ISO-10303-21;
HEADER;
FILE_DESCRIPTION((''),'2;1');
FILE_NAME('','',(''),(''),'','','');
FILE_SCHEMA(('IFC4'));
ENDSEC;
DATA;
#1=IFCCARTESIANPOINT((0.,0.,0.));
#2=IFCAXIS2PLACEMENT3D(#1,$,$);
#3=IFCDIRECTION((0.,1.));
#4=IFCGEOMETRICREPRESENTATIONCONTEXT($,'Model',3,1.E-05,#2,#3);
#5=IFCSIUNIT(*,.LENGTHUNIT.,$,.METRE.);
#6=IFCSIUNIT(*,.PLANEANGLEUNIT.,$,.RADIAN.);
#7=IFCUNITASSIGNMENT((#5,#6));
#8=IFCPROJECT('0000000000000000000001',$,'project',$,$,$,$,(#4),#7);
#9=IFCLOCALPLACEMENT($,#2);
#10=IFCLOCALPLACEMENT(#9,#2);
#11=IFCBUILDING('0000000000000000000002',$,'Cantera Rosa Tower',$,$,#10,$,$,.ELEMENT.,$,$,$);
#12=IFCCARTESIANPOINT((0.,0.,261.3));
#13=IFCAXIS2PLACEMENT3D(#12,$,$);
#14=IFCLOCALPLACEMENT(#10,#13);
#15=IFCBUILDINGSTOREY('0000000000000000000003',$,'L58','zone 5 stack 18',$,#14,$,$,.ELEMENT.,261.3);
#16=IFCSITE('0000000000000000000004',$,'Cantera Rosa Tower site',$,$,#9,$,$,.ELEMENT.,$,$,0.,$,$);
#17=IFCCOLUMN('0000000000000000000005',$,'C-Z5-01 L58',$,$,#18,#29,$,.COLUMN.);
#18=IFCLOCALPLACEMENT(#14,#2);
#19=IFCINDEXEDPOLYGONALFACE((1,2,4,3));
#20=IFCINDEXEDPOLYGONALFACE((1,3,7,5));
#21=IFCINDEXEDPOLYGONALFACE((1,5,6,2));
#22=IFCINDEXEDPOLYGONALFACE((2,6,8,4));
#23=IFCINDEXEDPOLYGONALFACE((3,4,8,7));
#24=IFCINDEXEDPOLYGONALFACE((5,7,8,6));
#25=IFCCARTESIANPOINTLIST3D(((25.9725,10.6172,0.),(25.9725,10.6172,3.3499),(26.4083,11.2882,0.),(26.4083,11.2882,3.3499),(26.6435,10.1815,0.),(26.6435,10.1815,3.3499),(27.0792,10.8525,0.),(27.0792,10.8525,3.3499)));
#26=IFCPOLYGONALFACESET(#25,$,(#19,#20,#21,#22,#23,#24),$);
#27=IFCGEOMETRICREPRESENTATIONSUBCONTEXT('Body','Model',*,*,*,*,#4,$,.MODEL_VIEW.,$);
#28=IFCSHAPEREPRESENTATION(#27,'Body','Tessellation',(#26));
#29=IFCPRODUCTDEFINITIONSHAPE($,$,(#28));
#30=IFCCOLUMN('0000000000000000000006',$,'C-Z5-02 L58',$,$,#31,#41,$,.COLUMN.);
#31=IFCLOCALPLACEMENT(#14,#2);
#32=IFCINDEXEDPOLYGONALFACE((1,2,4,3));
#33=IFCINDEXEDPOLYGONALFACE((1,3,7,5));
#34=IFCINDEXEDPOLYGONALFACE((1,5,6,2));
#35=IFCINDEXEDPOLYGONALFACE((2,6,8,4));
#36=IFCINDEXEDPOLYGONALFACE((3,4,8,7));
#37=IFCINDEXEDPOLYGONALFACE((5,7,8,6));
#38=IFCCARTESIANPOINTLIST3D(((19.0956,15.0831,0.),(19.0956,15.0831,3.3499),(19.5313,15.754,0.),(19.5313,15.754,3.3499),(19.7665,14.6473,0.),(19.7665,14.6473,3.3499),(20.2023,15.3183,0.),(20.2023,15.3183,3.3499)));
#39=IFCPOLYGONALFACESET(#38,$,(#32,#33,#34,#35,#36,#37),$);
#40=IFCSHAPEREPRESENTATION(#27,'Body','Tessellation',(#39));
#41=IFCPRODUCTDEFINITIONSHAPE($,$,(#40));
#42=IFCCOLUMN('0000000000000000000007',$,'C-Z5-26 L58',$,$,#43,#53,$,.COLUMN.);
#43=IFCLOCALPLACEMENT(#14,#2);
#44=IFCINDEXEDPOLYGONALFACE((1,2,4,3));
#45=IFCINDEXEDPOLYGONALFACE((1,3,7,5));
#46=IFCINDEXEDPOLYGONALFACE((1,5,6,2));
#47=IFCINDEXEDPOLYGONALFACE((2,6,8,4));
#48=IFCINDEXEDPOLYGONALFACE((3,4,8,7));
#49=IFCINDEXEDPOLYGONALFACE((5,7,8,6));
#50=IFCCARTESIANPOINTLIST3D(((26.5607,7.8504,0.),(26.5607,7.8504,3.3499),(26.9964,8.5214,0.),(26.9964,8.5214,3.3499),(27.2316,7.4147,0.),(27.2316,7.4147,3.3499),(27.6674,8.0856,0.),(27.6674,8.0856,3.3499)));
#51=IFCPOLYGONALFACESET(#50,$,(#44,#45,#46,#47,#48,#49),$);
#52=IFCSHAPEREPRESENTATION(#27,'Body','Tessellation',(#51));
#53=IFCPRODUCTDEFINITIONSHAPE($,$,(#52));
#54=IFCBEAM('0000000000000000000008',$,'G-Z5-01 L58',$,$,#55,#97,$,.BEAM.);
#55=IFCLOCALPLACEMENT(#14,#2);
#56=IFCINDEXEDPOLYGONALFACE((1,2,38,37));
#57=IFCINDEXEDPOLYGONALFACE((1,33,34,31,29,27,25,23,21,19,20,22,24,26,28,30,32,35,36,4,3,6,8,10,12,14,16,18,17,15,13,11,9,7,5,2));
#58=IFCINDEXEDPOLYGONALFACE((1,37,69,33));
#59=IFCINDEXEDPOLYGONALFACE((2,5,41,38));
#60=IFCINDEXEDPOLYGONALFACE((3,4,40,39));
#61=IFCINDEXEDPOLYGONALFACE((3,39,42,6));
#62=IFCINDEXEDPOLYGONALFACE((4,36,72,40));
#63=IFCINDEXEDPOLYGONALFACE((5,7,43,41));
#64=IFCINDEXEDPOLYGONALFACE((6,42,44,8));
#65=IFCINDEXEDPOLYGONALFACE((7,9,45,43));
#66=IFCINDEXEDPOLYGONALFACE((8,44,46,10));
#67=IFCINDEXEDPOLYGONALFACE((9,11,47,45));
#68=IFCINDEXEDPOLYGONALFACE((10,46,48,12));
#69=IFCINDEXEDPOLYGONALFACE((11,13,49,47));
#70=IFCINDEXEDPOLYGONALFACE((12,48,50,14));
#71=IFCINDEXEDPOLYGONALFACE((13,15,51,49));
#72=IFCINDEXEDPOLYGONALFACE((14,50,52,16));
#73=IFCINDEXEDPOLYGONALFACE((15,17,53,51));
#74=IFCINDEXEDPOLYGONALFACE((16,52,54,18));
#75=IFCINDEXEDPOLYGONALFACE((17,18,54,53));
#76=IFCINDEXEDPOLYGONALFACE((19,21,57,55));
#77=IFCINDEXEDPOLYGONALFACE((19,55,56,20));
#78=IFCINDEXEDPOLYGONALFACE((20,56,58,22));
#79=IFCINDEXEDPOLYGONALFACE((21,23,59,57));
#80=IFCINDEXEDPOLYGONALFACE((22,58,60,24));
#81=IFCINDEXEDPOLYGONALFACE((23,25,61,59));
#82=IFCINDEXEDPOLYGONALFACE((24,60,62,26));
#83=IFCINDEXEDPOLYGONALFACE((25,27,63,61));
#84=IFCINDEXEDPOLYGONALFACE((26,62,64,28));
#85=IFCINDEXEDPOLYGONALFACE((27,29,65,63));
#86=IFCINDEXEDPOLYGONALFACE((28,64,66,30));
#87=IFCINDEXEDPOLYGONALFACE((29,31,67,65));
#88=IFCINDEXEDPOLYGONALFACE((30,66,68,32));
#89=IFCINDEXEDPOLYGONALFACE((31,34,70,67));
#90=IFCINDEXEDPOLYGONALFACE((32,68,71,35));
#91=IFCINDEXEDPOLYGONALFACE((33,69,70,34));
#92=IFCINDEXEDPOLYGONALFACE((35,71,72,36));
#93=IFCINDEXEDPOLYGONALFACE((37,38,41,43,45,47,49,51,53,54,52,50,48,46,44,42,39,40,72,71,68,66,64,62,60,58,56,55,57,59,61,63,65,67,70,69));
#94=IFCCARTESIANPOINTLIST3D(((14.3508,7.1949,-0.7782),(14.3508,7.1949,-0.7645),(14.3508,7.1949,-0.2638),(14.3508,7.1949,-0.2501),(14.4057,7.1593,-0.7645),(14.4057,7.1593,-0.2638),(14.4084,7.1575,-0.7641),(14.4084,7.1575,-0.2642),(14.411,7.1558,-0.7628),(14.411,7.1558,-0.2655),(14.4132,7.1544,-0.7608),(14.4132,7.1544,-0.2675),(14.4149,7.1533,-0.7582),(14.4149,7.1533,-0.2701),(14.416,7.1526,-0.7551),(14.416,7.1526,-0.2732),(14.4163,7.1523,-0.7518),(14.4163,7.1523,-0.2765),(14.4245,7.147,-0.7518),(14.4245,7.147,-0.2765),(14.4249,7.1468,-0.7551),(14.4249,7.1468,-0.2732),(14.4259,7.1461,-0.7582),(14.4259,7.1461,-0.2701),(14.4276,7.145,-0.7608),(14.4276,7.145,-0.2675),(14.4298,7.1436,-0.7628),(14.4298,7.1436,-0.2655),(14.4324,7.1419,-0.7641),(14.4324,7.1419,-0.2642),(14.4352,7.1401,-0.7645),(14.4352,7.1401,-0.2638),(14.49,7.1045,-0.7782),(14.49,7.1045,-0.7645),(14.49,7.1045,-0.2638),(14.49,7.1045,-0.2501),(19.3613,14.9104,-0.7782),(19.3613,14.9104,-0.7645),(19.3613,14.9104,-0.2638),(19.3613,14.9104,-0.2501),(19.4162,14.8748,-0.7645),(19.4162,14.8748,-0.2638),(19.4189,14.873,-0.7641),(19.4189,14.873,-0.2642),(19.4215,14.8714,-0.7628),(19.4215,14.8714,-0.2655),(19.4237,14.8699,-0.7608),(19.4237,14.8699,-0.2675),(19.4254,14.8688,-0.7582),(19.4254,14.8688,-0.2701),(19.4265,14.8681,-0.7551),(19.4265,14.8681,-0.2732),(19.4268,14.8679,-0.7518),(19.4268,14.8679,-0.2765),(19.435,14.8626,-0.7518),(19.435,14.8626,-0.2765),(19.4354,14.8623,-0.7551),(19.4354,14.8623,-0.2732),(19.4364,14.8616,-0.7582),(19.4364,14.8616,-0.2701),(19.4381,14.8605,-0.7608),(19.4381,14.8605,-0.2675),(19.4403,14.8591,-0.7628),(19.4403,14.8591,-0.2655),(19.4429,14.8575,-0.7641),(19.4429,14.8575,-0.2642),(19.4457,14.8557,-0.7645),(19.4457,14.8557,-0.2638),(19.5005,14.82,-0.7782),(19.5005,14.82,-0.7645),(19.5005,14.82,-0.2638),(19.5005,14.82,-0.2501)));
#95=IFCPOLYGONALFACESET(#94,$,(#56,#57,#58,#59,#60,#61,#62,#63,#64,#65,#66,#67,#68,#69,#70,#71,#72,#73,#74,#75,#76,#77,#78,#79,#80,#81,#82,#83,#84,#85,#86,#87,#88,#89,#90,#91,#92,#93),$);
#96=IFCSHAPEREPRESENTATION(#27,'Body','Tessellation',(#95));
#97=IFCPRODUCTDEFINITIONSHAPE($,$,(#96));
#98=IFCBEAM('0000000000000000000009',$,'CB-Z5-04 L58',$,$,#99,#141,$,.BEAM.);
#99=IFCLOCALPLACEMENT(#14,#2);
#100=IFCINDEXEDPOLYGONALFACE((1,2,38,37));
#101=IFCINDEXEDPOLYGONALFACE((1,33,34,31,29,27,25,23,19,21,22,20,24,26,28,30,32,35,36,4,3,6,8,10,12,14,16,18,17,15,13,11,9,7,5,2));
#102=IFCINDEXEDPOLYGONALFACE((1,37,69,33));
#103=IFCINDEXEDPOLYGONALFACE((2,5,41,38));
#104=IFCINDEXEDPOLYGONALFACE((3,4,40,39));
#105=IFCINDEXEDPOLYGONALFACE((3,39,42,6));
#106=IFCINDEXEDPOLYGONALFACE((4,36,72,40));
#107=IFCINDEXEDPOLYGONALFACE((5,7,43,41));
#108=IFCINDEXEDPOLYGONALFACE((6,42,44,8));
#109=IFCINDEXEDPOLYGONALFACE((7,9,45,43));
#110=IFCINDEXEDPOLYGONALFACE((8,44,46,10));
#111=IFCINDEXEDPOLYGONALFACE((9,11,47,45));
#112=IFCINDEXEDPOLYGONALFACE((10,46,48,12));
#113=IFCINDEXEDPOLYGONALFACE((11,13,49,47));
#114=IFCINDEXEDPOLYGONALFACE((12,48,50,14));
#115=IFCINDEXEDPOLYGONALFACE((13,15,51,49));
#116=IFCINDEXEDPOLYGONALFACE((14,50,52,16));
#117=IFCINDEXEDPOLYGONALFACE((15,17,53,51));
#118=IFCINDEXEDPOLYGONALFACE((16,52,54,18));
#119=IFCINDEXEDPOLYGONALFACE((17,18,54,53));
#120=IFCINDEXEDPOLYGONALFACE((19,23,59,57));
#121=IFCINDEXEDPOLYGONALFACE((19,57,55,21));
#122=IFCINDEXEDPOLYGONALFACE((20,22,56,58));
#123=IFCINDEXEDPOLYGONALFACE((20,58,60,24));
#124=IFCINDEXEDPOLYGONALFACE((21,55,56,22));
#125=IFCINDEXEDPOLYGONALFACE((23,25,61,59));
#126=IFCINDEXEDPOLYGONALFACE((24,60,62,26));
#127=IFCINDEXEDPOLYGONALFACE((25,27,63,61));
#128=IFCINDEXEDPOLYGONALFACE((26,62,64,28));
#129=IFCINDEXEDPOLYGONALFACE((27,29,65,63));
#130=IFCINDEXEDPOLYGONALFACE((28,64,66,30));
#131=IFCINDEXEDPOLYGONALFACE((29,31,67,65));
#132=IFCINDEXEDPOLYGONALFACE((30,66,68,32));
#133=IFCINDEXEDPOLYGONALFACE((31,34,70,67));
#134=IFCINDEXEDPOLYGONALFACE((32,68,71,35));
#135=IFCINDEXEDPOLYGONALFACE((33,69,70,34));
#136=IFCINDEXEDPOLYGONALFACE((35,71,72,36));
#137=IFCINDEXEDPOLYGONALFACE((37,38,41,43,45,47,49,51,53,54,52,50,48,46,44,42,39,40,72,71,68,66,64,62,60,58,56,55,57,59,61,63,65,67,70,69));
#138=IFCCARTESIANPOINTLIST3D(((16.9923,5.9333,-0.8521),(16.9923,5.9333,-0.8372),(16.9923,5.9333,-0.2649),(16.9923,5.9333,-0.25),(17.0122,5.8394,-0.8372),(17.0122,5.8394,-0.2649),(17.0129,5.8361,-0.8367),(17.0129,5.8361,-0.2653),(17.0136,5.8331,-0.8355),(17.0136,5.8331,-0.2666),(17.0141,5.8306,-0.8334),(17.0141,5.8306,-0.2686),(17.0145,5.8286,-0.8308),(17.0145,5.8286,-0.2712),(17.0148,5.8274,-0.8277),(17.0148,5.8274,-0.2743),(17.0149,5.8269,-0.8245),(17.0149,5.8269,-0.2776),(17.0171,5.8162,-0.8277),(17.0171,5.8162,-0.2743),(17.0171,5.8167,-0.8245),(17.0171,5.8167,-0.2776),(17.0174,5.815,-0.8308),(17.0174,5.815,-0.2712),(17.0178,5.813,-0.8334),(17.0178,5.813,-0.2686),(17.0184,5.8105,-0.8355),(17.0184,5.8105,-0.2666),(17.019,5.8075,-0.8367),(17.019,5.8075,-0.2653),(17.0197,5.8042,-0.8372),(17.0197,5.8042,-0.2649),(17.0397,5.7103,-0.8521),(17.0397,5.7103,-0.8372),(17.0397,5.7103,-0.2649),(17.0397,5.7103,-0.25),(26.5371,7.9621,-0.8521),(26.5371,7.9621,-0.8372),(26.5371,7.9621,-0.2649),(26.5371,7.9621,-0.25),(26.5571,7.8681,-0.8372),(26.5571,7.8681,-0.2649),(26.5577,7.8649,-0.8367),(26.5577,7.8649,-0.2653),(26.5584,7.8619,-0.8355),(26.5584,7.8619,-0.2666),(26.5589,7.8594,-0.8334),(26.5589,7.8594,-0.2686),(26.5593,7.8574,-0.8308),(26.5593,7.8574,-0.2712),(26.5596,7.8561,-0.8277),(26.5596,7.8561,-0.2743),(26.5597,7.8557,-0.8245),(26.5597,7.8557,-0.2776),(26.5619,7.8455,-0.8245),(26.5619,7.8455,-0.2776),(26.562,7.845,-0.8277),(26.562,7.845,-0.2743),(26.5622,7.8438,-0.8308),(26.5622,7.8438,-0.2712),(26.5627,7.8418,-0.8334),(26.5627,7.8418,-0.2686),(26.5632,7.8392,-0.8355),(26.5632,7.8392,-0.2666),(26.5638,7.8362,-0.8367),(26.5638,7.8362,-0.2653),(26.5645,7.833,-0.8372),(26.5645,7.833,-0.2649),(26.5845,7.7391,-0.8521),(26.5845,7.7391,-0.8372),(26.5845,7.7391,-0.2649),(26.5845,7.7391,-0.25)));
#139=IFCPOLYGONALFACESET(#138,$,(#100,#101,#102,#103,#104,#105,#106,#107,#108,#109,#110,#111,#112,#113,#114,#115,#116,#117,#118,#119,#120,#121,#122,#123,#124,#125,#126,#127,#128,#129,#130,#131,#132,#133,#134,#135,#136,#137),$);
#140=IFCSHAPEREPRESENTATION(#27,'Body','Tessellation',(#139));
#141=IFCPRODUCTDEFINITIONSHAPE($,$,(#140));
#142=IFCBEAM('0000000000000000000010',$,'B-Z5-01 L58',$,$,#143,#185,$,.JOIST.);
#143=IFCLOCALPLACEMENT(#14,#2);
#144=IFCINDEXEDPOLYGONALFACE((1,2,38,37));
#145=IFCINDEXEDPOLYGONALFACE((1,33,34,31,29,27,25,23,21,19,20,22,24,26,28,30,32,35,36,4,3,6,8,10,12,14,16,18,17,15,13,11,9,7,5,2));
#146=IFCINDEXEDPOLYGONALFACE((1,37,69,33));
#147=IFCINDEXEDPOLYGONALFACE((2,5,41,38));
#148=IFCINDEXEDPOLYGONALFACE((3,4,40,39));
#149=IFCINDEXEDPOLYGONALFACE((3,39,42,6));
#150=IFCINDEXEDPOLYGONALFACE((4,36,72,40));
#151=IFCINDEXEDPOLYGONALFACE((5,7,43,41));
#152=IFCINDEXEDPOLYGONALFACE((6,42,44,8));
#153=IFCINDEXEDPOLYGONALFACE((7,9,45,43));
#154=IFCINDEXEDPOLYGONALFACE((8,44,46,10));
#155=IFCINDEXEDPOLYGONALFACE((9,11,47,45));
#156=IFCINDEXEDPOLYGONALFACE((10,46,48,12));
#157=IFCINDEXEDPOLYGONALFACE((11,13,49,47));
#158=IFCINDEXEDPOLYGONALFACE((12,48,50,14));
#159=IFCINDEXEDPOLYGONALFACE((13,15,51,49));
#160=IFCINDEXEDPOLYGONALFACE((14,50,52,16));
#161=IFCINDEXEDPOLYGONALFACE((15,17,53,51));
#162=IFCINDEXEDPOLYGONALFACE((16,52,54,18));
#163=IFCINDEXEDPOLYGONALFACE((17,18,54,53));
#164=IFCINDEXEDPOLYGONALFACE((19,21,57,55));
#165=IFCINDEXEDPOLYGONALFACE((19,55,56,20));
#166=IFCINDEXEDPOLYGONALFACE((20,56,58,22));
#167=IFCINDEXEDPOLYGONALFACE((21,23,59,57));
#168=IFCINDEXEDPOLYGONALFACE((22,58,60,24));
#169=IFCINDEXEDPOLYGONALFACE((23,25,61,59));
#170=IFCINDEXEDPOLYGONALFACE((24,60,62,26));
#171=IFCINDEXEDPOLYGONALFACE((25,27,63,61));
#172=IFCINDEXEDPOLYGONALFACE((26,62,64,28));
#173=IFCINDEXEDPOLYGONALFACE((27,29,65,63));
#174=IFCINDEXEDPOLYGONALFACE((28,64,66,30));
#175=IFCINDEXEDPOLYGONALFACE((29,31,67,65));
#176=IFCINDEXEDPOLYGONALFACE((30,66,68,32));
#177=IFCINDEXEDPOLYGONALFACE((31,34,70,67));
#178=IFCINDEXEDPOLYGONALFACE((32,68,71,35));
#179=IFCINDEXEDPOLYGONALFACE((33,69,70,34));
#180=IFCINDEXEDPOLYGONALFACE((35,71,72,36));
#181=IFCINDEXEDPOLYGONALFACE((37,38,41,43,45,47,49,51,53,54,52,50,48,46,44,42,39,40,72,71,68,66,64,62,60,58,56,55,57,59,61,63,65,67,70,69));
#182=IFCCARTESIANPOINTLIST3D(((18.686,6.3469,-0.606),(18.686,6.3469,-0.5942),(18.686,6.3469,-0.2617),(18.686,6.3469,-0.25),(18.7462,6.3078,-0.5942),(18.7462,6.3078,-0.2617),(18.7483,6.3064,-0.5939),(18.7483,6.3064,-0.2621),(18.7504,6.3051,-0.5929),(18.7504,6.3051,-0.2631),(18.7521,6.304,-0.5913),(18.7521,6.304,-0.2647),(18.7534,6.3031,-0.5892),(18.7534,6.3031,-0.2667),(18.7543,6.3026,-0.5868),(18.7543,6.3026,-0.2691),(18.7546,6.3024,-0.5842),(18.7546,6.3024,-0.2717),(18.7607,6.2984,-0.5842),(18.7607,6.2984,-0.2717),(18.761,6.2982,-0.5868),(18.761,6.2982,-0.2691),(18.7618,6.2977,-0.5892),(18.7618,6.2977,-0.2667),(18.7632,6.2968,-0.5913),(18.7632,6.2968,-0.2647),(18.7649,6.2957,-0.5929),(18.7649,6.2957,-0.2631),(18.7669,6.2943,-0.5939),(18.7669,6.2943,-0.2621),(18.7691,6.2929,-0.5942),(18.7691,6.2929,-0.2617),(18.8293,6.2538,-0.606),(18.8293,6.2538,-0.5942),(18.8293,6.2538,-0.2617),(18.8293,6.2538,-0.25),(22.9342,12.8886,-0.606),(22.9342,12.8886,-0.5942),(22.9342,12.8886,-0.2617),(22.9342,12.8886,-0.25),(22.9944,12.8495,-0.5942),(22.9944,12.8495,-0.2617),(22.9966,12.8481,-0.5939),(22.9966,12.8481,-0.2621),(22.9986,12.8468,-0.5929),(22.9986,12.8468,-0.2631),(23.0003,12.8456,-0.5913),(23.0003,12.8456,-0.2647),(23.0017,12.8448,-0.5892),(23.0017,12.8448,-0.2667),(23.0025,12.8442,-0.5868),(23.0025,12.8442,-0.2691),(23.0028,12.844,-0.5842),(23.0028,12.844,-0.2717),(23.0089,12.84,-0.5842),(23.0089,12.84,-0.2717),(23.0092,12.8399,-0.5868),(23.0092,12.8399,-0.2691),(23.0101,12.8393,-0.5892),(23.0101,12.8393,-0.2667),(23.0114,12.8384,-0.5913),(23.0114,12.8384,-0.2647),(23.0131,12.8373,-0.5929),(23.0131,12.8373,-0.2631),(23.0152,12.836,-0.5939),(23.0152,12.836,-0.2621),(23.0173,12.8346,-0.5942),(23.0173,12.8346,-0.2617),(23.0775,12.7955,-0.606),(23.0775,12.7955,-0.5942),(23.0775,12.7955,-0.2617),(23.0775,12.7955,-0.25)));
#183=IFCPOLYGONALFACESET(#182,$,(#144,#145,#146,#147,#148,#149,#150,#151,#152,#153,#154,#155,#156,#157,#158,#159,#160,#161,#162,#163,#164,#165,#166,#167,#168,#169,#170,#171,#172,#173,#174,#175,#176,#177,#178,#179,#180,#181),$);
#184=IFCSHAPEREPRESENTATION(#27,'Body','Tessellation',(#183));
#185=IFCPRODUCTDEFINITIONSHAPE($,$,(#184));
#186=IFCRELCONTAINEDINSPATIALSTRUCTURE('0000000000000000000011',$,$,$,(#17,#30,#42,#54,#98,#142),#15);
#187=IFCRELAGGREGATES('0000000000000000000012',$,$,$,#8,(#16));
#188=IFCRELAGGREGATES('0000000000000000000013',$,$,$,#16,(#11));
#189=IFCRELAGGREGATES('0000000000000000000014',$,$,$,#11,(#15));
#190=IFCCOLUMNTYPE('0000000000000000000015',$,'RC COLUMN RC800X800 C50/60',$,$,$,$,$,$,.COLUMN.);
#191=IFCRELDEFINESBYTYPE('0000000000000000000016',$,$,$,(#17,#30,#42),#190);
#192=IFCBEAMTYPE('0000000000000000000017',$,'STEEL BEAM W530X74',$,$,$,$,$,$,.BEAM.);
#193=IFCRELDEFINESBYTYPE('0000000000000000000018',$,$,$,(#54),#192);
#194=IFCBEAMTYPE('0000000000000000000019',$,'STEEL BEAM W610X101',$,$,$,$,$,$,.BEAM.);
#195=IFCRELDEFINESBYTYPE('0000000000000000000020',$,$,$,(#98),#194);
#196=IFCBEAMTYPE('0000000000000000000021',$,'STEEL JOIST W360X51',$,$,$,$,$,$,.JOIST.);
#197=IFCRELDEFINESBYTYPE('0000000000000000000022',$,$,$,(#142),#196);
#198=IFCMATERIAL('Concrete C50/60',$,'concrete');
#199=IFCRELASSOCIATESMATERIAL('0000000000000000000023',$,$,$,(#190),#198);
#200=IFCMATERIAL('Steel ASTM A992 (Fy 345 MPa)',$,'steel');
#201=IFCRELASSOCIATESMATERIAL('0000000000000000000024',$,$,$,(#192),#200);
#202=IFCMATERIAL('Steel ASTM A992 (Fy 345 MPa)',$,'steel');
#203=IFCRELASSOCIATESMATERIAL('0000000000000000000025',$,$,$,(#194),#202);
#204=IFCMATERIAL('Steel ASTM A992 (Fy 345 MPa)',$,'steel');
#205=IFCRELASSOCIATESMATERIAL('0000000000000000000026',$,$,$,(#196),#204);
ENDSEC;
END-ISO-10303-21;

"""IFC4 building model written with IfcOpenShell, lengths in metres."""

from ifc_helpers import new_model, si_unit, direction, frame, origin, origin_2d, place, context, subcontext, project, spatial, rectangle, i_section, extrude, material, material_profile, profile_set, type_object, element, save


model = new_model("IFC4")

# Units and contexts
model_context = context("Model", 3, precision=1e-05, world=origin(), true_north=direction((0.0, 1.0)))
body_context = subcontext(model_context, "Body", "Model", "MODEL_VIEW")
ifc_project = project(units=[si_unit("LENGTHUNIT", "METRE"), si_unit("PLANEANGLEUNIT", "RADIAN")], contexts=[model_context])

# Site, building, storey
site_placement = place(None, origin())
site = spatial("IfcSite", under=ifc_project, at=site_placement, Name="Cantera Rosa Tower site", CompositionType="ELEMENT", RefElevation=0.0)
building_placement = place(site_placement, origin())
building = spatial("IfcBuilding", under=site, at=building_placement, Name="Cantera Rosa Tower", CompositionType="ELEMENT")
storey_placement = place(building_placement, frame((0.0, 0.0, 261.3)))
storey = spatial("IfcBuildingStorey", under=building, at=storey_placement, Name="L58", Description="zone 5 stack 18", CompositionType="ELEMENT", Elevation=261.3)

# Columns
ifc_material_1 = material(Name="Concrete C50/60", Category="concrete")
ifc_material_profile_1 = material_profile(ifc_material_1, rectangle(XDim=0.8, YDim=0.8, at=origin_2d()), Name="RC COLUMN RC800X800 C50/60")
ifc_profile_set_1 = profile_set([ifc_material_profile_1], Name="Concrete C50/60")
column_type = type_object("IfcColumnType", Name="RC COLUMN RC800X800 C50/60", PredefinedType="COLUMN", material=ifc_profile_set_1)
for number, where, z_axis, x_axis, name in (
    (1, (26.5259, 10.7349, 0.0), (0.0, 0.0, 1.0), (0.544639, 0.838671, 0.0), "C-Z5-01 L58"),
    (2, (19.6489, 15.2007, 0.0), (0.0, 0.0, 1.0), (0.544639, 0.838671, 0.0), "C-Z5-02 L58"),
    (3, (27.114, 7.968, 0.0), (0.0, 0.0, 1.0), (0.544639, 0.838671, 0.0), "C-Z5-26 L58"),
):
    element("IfcColumn", number, at=place(storey_placement, frame(where, z_axis=z_axis, x_axis=x_axis)), inside=storey, type_object=column_type, Name=name, PredefinedType="COLUMN", context=body_context, shape_type="SweptSolid", body=[
        extrude(rectangle(XDim=0.8, YDim=0.8, at=origin_2d()), origin(), (0.0, 0.0, 1.0), 3.3499),
    ])

# Beams
ifc_material_2 = material(Name="Steel ASTM A992 (Fy 345 MPa)", Category="steel")
ifc_material_profile_2 = material_profile(ifc_material_2, i_section(OverallWidth=0.166, OverallDepth=0.5281, WebThickness=0.0098, FlangeThickness=0.0137, FilletRadius=0.0127, at=origin_2d()), Name="W530X74")
ifc_profile_set_2 = profile_set([ifc_material_profile_2], Name="Steel ASTM A992 (Fy 345 MPa)")
beam_type_1 = type_object("IfcBeamType", Name="STEEL BEAM W530X74", PredefinedType="BEAM", material=ifc_profile_set_2)
beam_1_placement = place(storey_placement, frame((19.4309, 14.8652, -0.5142), z_axis=(-0.544635, -0.838673, 0.0), x_axis=(0.838673, -0.544635, 0.0)))
element("IfcBeam", 4, at=beam_1_placement, inside=storey, type_object=beam_type_1, Name="G-Z5-01 L58", PredefinedType="BEAM", context=body_context, shape_type="SweptSolid", body=[
    extrude(i_section(OverallWidth=0.166, OverallDepth=0.5281, WebThickness=0.0098, FlangeThickness=0.0137, FilletRadius=0.0127, at=origin_2d()), origin(), (0.0, 0.0, 1.0), 9.1997),
])
ifc_material_3 = material(Name="Steel ASTM A992 (Fy 345 MPa)", Category="steel")
ifc_material_profile_3 = material_profile(ifc_material_3, i_section(OverallWidth=0.228, OverallDepth=0.6021, WebThickness=0.0105, FlangeThickness=0.0149, FilletRadius=0.0127, at=origin_2d()), Name="W610X101")
ifc_profile_set_3 = profile_set([ifc_material_profile_3], Name="Steel ASTM A992 (Fy 345 MPa)")
beam_type_2 = type_object("IfcBeamType", Name="STEEL BEAM W610X101", PredefinedType="BEAM", material=ifc_profile_set_3)
beam_2_placement = place(storey_placement, frame((26.5608, 7.8506, -0.551), z_axis=(-0.978148, -0.207909, 0.0), x_axis=(0.207909, -0.978148, 0.0)))
element("IfcBeam", 5, at=beam_2_placement, inside=storey, type_object=beam_type_2, Name="CB-Z5-04 L58", PredefinedType="BEAM", context=body_context, shape_type="SweptSolid", body=[
    extrude(i_section(OverallWidth=0.228, OverallDepth=0.6021, WebThickness=0.0105, FlangeThickness=0.0149, FilletRadius=0.0127, at=origin_2d()), origin(), (0.0, 0.0, 1.0), 9.7581),
])
ifc_material_4 = material(Name="Steel ASTM A992 (Fy 345 MPa)", Category="steel")
ifc_material_profile_4 = material_profile(ifc_material_4, i_section(OverallWidth=0.1709, OverallDepth=0.356, WebThickness=0.0073, FlangeThickness=0.0117, FilletRadius=0.01, at=origin_2d()), Name="W360X51")
ifc_profile_set_4 = profile_set([ifc_material_profile_4], Name="Steel ASTM A992 (Fy 345 MPa)")
beam_type_3 = type_object("IfcBeamType", Name="STEEL JOIST W360X51", PredefinedType="JOIST", material=ifc_profile_set_4)
beam_3_placement = place(storey_placement, frame((23.0059, 12.842, -0.428), z_axis=(-0.544642, -0.838669, 0.0), x_axis=(0.838669, -0.544642, 0.0)))
element("IfcBeam", 6, at=beam_3_placement, inside=storey, type_object=beam_type_3, Name="B-Z5-01 L58", PredefinedType="JOIST", context=body_context, shape_type="SweptSolid", body=[
    extrude(i_section(OverallWidth=0.1709, OverallDepth=0.356, WebThickness=0.0073, FlangeThickness=0.0117, FilletRadius=0.01, at=origin_2d()), origin(), (0.0, 0.0, 1.0), 7.8),
])

save(model, "model.ifc")
